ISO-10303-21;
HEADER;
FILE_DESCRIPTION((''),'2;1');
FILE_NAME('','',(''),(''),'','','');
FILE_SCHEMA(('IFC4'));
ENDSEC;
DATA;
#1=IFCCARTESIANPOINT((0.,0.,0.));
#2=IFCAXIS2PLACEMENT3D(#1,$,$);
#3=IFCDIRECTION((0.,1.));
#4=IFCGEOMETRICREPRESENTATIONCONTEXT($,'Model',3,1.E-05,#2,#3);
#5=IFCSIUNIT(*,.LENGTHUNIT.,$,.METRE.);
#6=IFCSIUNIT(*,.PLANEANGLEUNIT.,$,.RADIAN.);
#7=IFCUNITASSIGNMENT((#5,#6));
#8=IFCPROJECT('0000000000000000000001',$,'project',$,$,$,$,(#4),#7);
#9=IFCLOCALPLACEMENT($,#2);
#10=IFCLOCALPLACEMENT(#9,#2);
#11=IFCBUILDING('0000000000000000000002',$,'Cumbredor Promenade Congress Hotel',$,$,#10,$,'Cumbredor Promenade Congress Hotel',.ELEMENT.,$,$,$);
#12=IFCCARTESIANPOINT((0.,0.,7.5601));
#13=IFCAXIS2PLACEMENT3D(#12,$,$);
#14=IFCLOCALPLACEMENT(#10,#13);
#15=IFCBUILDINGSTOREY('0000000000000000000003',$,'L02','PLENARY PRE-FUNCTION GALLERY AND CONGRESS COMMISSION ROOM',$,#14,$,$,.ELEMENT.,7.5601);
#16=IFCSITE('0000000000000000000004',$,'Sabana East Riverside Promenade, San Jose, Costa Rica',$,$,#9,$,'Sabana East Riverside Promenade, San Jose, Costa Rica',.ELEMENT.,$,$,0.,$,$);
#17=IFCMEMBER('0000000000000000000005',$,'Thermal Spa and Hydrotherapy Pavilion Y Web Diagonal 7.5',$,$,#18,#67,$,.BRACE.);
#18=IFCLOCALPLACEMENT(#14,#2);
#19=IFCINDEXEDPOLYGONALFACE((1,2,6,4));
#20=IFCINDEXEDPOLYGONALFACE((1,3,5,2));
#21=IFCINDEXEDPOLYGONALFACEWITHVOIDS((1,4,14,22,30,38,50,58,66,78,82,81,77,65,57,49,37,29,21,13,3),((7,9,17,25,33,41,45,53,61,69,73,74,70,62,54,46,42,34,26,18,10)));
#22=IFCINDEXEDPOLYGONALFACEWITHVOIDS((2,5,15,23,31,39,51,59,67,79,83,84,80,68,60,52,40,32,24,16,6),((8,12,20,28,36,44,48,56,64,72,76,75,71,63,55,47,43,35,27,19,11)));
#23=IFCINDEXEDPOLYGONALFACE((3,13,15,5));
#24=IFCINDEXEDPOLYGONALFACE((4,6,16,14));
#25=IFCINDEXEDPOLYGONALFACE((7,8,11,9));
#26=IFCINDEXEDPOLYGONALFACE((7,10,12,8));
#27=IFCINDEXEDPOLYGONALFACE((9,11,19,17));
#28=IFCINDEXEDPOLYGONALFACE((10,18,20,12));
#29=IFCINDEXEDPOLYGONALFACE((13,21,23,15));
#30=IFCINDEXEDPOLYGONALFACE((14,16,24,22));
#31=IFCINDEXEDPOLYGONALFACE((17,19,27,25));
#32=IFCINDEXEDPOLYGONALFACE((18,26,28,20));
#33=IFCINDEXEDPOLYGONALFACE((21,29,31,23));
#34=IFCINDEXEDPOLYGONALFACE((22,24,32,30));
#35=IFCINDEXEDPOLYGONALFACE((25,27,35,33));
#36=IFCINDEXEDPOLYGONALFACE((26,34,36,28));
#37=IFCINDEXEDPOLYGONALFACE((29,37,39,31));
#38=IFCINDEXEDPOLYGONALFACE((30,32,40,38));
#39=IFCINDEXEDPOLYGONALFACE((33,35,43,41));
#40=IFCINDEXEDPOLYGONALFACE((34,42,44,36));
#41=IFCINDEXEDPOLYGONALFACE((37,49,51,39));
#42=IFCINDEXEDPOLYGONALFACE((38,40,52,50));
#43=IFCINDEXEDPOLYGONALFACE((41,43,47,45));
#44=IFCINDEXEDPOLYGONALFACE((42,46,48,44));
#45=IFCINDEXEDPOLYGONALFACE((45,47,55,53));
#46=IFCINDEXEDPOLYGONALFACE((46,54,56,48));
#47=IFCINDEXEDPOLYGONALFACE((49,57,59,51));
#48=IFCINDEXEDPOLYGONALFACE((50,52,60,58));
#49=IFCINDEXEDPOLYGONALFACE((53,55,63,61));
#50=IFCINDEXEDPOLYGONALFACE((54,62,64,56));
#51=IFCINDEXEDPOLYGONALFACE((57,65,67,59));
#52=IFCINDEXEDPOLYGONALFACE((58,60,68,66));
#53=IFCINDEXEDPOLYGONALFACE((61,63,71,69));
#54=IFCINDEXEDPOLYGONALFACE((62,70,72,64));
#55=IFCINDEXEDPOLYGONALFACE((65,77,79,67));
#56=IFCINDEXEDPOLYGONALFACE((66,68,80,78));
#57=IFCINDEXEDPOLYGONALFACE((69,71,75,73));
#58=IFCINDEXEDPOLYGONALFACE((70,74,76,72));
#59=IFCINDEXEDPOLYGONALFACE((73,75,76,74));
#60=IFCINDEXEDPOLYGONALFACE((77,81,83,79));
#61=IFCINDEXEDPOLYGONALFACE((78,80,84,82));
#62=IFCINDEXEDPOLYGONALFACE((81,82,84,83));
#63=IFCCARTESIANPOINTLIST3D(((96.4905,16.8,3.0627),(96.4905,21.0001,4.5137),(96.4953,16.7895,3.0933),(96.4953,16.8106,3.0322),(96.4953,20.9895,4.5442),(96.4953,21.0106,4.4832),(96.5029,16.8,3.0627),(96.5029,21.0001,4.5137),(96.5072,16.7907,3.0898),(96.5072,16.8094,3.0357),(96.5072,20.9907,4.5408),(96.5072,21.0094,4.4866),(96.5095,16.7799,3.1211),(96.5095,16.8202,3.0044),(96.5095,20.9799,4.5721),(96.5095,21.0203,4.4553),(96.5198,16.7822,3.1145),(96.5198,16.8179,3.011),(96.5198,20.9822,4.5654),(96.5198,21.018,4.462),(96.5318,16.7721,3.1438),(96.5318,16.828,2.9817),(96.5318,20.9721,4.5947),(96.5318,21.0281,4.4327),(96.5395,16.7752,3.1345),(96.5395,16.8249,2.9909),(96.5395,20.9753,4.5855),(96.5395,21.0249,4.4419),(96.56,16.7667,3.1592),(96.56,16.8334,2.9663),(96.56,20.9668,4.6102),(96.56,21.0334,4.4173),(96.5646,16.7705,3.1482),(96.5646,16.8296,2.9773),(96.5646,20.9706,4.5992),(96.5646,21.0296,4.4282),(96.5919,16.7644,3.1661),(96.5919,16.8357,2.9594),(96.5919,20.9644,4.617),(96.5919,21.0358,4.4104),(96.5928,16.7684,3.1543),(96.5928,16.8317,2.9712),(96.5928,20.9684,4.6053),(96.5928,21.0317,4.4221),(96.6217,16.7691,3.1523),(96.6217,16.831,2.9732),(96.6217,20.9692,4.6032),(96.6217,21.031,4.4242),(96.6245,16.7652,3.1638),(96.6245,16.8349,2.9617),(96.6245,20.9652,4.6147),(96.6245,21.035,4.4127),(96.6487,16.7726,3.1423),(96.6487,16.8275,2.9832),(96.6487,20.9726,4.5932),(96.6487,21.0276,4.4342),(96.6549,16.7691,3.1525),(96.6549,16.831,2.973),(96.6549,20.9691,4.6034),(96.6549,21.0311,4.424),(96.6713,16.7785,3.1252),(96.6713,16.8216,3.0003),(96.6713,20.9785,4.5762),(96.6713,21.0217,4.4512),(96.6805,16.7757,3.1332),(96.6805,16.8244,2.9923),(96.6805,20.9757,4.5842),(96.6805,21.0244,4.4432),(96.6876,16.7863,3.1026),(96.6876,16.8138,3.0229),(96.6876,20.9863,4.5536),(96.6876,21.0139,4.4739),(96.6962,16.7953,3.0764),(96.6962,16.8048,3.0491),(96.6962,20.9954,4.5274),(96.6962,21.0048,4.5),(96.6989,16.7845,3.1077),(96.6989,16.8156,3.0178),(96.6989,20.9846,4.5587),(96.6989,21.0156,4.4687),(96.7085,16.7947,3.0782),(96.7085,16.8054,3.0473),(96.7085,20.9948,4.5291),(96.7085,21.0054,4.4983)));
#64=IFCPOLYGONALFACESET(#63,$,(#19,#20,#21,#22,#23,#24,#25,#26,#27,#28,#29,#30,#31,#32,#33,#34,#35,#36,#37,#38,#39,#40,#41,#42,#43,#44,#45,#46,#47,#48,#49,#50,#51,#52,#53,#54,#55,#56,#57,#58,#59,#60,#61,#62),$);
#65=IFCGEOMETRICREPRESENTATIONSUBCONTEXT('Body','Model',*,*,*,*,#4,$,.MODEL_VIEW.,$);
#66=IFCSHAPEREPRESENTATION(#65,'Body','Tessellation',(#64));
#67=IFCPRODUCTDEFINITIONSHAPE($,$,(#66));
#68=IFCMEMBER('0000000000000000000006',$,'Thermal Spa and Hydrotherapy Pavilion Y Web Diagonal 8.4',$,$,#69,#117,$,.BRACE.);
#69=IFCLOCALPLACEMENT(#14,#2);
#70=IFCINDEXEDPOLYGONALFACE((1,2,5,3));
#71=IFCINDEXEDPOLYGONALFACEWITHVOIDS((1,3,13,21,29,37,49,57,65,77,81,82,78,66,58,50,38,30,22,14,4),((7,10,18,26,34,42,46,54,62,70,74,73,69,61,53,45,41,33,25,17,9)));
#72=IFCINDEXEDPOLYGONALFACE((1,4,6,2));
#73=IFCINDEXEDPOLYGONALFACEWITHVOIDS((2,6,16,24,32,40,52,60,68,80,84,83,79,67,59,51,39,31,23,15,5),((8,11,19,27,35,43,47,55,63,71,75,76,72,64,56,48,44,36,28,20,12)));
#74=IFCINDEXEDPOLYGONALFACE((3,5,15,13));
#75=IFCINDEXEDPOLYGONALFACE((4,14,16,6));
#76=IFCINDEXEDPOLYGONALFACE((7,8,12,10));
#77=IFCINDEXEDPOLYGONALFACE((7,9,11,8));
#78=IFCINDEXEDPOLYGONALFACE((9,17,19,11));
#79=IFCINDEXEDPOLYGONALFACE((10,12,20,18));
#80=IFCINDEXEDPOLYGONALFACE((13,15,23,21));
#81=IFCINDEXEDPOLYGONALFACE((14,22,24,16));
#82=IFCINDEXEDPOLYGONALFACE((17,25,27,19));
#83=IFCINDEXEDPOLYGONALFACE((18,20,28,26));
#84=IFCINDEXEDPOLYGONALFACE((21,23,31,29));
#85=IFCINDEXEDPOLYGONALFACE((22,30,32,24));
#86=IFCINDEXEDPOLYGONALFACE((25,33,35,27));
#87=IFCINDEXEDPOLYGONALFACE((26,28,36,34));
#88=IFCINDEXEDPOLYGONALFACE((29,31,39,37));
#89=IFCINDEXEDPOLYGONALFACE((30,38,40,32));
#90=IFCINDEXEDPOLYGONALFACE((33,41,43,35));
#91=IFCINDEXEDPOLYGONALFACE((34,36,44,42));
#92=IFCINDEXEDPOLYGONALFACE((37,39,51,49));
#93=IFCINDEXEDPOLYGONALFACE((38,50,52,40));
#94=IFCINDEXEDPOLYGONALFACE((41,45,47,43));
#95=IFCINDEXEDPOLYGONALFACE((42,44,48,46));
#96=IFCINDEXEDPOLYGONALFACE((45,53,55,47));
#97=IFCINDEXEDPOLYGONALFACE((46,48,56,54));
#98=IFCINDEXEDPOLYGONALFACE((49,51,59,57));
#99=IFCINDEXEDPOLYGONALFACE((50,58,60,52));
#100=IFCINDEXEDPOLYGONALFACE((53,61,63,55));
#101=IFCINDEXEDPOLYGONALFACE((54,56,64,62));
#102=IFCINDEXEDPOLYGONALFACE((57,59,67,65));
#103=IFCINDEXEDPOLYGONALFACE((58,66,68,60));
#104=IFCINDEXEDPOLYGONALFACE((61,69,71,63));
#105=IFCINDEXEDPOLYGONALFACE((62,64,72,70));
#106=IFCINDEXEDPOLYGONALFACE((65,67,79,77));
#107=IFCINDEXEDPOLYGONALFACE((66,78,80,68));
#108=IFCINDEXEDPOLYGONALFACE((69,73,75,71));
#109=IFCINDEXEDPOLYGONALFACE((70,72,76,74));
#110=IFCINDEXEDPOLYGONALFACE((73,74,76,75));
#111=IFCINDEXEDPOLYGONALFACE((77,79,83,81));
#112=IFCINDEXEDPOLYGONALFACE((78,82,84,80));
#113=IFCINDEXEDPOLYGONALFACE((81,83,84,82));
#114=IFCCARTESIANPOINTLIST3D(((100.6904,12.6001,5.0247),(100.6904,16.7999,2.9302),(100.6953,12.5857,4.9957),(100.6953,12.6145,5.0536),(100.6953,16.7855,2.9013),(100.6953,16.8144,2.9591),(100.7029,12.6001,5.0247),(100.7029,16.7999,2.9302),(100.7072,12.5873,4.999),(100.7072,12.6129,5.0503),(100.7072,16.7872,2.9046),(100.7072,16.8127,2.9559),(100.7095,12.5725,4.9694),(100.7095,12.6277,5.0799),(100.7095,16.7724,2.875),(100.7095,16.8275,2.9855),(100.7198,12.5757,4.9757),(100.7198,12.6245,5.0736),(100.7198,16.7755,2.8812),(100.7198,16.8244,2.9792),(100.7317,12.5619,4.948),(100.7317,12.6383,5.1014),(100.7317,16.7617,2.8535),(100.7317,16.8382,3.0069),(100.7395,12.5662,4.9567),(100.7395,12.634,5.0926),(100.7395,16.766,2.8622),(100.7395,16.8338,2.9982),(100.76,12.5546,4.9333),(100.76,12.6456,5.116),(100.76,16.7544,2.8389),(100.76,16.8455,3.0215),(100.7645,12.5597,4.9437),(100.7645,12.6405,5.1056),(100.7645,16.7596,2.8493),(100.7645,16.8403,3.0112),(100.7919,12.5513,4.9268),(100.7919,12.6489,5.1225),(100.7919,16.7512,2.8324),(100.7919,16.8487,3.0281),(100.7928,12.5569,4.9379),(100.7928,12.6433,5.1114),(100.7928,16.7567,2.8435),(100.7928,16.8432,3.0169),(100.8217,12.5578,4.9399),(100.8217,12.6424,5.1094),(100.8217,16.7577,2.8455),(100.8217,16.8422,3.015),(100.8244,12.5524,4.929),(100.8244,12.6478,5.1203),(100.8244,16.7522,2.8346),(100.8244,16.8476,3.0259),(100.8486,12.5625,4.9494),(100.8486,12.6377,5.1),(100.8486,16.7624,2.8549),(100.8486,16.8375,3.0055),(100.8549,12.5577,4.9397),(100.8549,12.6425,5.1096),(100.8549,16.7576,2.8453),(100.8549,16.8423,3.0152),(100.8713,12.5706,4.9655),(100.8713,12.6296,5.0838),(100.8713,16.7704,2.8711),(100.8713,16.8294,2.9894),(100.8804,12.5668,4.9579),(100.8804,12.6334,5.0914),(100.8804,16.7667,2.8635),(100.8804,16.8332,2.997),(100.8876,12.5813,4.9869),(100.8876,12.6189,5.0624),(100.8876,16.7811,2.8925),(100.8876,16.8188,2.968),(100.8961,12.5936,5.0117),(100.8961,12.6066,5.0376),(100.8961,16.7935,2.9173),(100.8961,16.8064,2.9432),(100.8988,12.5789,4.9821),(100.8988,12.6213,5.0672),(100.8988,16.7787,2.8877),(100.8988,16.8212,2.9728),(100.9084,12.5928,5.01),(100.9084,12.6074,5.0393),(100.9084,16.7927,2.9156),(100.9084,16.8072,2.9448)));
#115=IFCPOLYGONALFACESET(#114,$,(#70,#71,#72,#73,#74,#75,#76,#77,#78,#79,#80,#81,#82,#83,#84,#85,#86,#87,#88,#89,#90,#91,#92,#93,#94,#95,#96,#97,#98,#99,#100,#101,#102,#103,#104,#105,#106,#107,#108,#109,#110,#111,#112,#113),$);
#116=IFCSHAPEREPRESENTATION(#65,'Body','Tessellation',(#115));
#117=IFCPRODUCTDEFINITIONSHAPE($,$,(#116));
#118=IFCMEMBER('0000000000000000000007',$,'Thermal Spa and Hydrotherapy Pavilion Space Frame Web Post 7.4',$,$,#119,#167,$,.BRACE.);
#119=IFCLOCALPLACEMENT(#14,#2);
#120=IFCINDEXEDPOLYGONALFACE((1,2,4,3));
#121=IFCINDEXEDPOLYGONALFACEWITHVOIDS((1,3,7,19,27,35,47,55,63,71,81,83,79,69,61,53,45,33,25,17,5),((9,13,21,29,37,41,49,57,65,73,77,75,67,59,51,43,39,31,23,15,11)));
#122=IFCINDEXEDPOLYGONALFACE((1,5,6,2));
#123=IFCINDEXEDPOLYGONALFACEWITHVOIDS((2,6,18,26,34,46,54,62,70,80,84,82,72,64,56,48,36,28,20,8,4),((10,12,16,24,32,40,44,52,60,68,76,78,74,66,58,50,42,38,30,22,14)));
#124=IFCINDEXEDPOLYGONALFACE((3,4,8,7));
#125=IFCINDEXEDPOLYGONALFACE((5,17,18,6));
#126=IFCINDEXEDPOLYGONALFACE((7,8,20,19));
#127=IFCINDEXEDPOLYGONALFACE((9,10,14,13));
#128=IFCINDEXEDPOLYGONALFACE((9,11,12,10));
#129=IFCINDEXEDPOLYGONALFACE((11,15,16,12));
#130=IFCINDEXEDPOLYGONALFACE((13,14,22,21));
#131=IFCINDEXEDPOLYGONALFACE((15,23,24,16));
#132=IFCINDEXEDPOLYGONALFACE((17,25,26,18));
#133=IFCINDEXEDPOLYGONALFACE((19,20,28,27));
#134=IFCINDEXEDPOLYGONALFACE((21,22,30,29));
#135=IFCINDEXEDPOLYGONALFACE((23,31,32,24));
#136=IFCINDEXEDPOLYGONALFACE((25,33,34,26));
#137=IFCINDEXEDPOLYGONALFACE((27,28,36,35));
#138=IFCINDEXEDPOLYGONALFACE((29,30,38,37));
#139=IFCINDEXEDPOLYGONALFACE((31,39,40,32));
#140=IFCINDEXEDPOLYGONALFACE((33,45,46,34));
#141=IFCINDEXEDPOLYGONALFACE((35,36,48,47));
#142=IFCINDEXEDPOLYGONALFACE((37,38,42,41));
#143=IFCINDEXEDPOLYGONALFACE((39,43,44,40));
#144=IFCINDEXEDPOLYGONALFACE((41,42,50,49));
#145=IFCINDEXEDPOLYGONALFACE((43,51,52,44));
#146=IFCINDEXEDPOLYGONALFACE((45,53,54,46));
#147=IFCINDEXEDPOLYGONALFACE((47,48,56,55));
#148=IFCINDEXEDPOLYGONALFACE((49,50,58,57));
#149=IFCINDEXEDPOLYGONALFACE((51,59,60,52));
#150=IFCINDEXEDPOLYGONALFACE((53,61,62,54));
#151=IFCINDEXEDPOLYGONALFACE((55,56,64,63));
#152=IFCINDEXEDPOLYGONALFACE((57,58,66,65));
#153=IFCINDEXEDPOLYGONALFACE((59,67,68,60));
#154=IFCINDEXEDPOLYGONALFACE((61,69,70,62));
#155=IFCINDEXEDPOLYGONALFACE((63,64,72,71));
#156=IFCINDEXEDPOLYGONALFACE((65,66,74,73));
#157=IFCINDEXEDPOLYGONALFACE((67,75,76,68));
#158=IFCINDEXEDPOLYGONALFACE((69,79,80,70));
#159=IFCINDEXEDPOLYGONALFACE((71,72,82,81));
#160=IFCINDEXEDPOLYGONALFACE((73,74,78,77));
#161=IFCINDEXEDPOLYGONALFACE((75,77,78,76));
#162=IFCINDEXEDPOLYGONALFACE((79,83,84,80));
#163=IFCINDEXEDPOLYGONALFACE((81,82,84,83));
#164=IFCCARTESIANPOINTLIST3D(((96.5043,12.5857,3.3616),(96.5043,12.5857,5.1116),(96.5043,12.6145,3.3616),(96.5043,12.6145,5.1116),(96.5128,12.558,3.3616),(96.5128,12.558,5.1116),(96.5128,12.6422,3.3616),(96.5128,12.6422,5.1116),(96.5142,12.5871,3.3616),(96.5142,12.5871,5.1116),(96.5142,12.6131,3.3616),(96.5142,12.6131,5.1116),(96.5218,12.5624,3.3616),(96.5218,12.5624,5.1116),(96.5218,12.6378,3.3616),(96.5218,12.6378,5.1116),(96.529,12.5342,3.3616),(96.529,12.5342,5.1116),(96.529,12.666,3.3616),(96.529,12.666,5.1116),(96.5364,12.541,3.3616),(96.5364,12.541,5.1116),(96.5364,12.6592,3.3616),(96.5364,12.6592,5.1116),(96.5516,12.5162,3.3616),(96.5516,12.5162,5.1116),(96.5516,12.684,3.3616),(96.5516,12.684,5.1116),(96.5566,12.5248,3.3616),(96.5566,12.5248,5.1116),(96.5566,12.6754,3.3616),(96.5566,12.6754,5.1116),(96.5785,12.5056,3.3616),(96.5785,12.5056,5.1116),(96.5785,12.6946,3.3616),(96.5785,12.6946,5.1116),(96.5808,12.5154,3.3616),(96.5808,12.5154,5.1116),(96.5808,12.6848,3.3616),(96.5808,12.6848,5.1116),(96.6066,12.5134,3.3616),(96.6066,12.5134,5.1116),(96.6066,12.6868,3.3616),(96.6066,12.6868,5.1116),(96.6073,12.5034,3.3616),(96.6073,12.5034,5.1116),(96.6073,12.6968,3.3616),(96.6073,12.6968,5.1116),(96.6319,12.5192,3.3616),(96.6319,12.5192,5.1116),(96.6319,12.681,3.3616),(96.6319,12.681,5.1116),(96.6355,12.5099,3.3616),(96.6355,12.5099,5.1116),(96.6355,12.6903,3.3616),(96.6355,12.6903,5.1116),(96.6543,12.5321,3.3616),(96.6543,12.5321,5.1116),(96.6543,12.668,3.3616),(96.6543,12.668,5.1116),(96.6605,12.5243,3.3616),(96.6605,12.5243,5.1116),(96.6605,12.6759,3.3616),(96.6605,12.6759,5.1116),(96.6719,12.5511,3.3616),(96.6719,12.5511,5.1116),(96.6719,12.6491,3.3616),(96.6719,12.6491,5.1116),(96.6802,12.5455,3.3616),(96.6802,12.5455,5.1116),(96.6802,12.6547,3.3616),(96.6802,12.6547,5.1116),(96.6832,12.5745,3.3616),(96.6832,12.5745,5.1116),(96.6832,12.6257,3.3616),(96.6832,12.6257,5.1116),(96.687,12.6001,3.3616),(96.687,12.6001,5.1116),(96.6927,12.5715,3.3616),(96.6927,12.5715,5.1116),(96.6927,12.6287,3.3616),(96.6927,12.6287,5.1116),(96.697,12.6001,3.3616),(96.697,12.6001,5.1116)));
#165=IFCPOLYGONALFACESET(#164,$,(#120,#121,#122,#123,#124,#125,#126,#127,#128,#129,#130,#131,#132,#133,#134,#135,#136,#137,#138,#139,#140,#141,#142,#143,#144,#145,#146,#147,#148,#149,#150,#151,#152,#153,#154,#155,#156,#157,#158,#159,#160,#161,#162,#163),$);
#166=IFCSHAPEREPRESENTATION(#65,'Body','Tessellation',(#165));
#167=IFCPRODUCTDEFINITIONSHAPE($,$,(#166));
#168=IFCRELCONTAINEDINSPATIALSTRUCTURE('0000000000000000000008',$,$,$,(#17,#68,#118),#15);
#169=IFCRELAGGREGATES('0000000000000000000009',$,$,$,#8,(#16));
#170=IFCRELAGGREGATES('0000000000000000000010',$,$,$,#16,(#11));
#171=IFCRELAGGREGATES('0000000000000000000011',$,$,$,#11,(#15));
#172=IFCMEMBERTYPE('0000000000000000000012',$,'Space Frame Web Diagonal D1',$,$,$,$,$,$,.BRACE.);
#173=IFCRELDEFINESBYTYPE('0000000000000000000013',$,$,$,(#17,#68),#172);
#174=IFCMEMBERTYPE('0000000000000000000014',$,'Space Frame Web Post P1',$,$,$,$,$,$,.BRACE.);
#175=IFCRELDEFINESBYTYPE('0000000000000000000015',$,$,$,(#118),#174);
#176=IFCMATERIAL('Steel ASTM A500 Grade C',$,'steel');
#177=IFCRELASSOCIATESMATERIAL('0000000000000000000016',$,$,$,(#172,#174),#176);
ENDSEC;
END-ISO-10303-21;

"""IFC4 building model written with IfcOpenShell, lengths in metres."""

from ifc_helpers import new_model, si_unit, direction, frame, origin, origin_2d, place, context, subcontext, project, spatial, hollow_circle, extrude, material, material_profile, profile_set, type_object, element, save


model = new_model("IFC4")

# Units and contexts
model_context = context("Model", 3, precision=1e-05, world=origin(), true_north=direction((0.0, 1.0)))
body_context = subcontext(model_context, "Body", "Model", "MODEL_VIEW")
ifc_project = project(units=[si_unit("LENGTHUNIT", "METRE"), si_unit("PLANEANGLEUNIT", "RADIAN")], contexts=[model_context])

# Site, building, storey
site_placement = place(None, origin())
site = spatial("IfcSite", under=ifc_project, at=site_placement, Name="Sabana East Riverside Promenade, San Jose, Costa Rica", LongName="Sabana East Riverside Promenade, San Jose, Costa Rica", CompositionType="ELEMENT", RefElevation=0.0)
building_placement = place(site_placement, origin())
building = spatial("IfcBuilding", under=site, at=building_placement, Name="Cumbredor Promenade Congress Hotel", LongName="Cumbredor Promenade Congress Hotel", CompositionType="ELEMENT")
storey_placement = place(building_placement, frame((0.0, 0.0, 7.5601)))
storey = spatial("IfcBuildingStorey", under=building, at=storey_placement, Name="L02", Description="PLENARY PRE-FUNCTION GALLERY AND CONGRESS COMMISSION ROOM", CompositionType="ELEMENT", Elevation=7.5601)

# Members
ifc_material_1 = material(Name="Steel ASTM A500 Grade C", Category="steel")
ifc_material_profile_1 = material_profile(ifc_material_1, hollow_circle(Radius=0.1096, WallThickness=0.0125, at=origin_2d()), Name="CHS 219.1x12.5")
ifc_profile_set_1 = profile_set([ifc_material_profile_1], Name="Steel ASTM A500 Grade C")
member_type_1 = type_object("IfcMemberType", Name="Space Frame Web Diagonal D1", PredefinedType="BRACE", material=ifc_profile_set_1)
member_1_placement = place(storey_placement, frame((96.6001, 16.8, 3.0627), z_axis=(0.0, 0.945188, 0.326527), x_axis=(-1.0, 0.0, 0.0)))
element("IfcMember", 1, at=member_1_placement, inside=storey, type_object=member_type_1, Name="Thermal Spa and Hydrotherapy Pavilion Y Web Diagonal 7.5", PredefinedType="BRACE", context=body_context, shape_type="SweptSolid", body=[
    extrude(hollow_circle(Radius=0.1096, WallThickness=0.0125, at=origin_2d()), origin(), (0.0, 0.0, 1.0), 4.4436),
])
member_2_placement = place(storey_placement, frame((100.8, 12.6001, 5.0247), z_axis=(0.0, 0.894895, -0.446277), x_axis=(-1.0, 0.0, 0.0)))
element("IfcMember", 2, at=member_2_placement, inside=storey, type_object=member_type_1, Name="Thermal Spa and Hydrotherapy Pavilion Y Web Diagonal 8.4", PredefinedType="BRACE", context=body_context, shape_type="SweptSolid", body=[
    extrude(hollow_circle(Radius=0.1096, WallThickness=0.0125, at=origin_2d()), origin(), (0.0, 0.0, 1.0), 4.6931),
])
ifc_material_profile_2 = material_profile(ifc_material_1, hollow_circle(Radius=0.0969, WallThickness=0.01, at=origin_2d()), Name="CHS 193.7x10")
ifc_profile_set_2 = profile_set([ifc_material_profile_2], Name="Steel ASTM A500 Grade C")
member_type_2 = type_object("IfcMemberType", Name="Space Frame Web Post P1", PredefinedType="BRACE", material=ifc_profile_set_2)
for number, where, z_axis, x_axis, name in (
    (3, (96.6001, 12.6001, 3.3616), (0.0, 0.0, 1.0), (1.0, 0.0, 0.0), "Thermal Spa and Hydrotherapy Pavilion Space Frame Web Post 7.4"),
):
    element("IfcMember", number, at=place(storey_placement, frame(where, z_axis=z_axis, x_axis=x_axis)), inside=storey, type_object=member_type_2, Name=name, PredefinedType="BRACE", context=body_context, shape_type="SweptSolid", body=[
        extrude(hollow_circle(Radius=0.0969, WallThickness=0.01, at=origin_2d()), origin(), (0.0, 0.0, 1.0), 1.75),
    ])

save(model, "model.ifc")
